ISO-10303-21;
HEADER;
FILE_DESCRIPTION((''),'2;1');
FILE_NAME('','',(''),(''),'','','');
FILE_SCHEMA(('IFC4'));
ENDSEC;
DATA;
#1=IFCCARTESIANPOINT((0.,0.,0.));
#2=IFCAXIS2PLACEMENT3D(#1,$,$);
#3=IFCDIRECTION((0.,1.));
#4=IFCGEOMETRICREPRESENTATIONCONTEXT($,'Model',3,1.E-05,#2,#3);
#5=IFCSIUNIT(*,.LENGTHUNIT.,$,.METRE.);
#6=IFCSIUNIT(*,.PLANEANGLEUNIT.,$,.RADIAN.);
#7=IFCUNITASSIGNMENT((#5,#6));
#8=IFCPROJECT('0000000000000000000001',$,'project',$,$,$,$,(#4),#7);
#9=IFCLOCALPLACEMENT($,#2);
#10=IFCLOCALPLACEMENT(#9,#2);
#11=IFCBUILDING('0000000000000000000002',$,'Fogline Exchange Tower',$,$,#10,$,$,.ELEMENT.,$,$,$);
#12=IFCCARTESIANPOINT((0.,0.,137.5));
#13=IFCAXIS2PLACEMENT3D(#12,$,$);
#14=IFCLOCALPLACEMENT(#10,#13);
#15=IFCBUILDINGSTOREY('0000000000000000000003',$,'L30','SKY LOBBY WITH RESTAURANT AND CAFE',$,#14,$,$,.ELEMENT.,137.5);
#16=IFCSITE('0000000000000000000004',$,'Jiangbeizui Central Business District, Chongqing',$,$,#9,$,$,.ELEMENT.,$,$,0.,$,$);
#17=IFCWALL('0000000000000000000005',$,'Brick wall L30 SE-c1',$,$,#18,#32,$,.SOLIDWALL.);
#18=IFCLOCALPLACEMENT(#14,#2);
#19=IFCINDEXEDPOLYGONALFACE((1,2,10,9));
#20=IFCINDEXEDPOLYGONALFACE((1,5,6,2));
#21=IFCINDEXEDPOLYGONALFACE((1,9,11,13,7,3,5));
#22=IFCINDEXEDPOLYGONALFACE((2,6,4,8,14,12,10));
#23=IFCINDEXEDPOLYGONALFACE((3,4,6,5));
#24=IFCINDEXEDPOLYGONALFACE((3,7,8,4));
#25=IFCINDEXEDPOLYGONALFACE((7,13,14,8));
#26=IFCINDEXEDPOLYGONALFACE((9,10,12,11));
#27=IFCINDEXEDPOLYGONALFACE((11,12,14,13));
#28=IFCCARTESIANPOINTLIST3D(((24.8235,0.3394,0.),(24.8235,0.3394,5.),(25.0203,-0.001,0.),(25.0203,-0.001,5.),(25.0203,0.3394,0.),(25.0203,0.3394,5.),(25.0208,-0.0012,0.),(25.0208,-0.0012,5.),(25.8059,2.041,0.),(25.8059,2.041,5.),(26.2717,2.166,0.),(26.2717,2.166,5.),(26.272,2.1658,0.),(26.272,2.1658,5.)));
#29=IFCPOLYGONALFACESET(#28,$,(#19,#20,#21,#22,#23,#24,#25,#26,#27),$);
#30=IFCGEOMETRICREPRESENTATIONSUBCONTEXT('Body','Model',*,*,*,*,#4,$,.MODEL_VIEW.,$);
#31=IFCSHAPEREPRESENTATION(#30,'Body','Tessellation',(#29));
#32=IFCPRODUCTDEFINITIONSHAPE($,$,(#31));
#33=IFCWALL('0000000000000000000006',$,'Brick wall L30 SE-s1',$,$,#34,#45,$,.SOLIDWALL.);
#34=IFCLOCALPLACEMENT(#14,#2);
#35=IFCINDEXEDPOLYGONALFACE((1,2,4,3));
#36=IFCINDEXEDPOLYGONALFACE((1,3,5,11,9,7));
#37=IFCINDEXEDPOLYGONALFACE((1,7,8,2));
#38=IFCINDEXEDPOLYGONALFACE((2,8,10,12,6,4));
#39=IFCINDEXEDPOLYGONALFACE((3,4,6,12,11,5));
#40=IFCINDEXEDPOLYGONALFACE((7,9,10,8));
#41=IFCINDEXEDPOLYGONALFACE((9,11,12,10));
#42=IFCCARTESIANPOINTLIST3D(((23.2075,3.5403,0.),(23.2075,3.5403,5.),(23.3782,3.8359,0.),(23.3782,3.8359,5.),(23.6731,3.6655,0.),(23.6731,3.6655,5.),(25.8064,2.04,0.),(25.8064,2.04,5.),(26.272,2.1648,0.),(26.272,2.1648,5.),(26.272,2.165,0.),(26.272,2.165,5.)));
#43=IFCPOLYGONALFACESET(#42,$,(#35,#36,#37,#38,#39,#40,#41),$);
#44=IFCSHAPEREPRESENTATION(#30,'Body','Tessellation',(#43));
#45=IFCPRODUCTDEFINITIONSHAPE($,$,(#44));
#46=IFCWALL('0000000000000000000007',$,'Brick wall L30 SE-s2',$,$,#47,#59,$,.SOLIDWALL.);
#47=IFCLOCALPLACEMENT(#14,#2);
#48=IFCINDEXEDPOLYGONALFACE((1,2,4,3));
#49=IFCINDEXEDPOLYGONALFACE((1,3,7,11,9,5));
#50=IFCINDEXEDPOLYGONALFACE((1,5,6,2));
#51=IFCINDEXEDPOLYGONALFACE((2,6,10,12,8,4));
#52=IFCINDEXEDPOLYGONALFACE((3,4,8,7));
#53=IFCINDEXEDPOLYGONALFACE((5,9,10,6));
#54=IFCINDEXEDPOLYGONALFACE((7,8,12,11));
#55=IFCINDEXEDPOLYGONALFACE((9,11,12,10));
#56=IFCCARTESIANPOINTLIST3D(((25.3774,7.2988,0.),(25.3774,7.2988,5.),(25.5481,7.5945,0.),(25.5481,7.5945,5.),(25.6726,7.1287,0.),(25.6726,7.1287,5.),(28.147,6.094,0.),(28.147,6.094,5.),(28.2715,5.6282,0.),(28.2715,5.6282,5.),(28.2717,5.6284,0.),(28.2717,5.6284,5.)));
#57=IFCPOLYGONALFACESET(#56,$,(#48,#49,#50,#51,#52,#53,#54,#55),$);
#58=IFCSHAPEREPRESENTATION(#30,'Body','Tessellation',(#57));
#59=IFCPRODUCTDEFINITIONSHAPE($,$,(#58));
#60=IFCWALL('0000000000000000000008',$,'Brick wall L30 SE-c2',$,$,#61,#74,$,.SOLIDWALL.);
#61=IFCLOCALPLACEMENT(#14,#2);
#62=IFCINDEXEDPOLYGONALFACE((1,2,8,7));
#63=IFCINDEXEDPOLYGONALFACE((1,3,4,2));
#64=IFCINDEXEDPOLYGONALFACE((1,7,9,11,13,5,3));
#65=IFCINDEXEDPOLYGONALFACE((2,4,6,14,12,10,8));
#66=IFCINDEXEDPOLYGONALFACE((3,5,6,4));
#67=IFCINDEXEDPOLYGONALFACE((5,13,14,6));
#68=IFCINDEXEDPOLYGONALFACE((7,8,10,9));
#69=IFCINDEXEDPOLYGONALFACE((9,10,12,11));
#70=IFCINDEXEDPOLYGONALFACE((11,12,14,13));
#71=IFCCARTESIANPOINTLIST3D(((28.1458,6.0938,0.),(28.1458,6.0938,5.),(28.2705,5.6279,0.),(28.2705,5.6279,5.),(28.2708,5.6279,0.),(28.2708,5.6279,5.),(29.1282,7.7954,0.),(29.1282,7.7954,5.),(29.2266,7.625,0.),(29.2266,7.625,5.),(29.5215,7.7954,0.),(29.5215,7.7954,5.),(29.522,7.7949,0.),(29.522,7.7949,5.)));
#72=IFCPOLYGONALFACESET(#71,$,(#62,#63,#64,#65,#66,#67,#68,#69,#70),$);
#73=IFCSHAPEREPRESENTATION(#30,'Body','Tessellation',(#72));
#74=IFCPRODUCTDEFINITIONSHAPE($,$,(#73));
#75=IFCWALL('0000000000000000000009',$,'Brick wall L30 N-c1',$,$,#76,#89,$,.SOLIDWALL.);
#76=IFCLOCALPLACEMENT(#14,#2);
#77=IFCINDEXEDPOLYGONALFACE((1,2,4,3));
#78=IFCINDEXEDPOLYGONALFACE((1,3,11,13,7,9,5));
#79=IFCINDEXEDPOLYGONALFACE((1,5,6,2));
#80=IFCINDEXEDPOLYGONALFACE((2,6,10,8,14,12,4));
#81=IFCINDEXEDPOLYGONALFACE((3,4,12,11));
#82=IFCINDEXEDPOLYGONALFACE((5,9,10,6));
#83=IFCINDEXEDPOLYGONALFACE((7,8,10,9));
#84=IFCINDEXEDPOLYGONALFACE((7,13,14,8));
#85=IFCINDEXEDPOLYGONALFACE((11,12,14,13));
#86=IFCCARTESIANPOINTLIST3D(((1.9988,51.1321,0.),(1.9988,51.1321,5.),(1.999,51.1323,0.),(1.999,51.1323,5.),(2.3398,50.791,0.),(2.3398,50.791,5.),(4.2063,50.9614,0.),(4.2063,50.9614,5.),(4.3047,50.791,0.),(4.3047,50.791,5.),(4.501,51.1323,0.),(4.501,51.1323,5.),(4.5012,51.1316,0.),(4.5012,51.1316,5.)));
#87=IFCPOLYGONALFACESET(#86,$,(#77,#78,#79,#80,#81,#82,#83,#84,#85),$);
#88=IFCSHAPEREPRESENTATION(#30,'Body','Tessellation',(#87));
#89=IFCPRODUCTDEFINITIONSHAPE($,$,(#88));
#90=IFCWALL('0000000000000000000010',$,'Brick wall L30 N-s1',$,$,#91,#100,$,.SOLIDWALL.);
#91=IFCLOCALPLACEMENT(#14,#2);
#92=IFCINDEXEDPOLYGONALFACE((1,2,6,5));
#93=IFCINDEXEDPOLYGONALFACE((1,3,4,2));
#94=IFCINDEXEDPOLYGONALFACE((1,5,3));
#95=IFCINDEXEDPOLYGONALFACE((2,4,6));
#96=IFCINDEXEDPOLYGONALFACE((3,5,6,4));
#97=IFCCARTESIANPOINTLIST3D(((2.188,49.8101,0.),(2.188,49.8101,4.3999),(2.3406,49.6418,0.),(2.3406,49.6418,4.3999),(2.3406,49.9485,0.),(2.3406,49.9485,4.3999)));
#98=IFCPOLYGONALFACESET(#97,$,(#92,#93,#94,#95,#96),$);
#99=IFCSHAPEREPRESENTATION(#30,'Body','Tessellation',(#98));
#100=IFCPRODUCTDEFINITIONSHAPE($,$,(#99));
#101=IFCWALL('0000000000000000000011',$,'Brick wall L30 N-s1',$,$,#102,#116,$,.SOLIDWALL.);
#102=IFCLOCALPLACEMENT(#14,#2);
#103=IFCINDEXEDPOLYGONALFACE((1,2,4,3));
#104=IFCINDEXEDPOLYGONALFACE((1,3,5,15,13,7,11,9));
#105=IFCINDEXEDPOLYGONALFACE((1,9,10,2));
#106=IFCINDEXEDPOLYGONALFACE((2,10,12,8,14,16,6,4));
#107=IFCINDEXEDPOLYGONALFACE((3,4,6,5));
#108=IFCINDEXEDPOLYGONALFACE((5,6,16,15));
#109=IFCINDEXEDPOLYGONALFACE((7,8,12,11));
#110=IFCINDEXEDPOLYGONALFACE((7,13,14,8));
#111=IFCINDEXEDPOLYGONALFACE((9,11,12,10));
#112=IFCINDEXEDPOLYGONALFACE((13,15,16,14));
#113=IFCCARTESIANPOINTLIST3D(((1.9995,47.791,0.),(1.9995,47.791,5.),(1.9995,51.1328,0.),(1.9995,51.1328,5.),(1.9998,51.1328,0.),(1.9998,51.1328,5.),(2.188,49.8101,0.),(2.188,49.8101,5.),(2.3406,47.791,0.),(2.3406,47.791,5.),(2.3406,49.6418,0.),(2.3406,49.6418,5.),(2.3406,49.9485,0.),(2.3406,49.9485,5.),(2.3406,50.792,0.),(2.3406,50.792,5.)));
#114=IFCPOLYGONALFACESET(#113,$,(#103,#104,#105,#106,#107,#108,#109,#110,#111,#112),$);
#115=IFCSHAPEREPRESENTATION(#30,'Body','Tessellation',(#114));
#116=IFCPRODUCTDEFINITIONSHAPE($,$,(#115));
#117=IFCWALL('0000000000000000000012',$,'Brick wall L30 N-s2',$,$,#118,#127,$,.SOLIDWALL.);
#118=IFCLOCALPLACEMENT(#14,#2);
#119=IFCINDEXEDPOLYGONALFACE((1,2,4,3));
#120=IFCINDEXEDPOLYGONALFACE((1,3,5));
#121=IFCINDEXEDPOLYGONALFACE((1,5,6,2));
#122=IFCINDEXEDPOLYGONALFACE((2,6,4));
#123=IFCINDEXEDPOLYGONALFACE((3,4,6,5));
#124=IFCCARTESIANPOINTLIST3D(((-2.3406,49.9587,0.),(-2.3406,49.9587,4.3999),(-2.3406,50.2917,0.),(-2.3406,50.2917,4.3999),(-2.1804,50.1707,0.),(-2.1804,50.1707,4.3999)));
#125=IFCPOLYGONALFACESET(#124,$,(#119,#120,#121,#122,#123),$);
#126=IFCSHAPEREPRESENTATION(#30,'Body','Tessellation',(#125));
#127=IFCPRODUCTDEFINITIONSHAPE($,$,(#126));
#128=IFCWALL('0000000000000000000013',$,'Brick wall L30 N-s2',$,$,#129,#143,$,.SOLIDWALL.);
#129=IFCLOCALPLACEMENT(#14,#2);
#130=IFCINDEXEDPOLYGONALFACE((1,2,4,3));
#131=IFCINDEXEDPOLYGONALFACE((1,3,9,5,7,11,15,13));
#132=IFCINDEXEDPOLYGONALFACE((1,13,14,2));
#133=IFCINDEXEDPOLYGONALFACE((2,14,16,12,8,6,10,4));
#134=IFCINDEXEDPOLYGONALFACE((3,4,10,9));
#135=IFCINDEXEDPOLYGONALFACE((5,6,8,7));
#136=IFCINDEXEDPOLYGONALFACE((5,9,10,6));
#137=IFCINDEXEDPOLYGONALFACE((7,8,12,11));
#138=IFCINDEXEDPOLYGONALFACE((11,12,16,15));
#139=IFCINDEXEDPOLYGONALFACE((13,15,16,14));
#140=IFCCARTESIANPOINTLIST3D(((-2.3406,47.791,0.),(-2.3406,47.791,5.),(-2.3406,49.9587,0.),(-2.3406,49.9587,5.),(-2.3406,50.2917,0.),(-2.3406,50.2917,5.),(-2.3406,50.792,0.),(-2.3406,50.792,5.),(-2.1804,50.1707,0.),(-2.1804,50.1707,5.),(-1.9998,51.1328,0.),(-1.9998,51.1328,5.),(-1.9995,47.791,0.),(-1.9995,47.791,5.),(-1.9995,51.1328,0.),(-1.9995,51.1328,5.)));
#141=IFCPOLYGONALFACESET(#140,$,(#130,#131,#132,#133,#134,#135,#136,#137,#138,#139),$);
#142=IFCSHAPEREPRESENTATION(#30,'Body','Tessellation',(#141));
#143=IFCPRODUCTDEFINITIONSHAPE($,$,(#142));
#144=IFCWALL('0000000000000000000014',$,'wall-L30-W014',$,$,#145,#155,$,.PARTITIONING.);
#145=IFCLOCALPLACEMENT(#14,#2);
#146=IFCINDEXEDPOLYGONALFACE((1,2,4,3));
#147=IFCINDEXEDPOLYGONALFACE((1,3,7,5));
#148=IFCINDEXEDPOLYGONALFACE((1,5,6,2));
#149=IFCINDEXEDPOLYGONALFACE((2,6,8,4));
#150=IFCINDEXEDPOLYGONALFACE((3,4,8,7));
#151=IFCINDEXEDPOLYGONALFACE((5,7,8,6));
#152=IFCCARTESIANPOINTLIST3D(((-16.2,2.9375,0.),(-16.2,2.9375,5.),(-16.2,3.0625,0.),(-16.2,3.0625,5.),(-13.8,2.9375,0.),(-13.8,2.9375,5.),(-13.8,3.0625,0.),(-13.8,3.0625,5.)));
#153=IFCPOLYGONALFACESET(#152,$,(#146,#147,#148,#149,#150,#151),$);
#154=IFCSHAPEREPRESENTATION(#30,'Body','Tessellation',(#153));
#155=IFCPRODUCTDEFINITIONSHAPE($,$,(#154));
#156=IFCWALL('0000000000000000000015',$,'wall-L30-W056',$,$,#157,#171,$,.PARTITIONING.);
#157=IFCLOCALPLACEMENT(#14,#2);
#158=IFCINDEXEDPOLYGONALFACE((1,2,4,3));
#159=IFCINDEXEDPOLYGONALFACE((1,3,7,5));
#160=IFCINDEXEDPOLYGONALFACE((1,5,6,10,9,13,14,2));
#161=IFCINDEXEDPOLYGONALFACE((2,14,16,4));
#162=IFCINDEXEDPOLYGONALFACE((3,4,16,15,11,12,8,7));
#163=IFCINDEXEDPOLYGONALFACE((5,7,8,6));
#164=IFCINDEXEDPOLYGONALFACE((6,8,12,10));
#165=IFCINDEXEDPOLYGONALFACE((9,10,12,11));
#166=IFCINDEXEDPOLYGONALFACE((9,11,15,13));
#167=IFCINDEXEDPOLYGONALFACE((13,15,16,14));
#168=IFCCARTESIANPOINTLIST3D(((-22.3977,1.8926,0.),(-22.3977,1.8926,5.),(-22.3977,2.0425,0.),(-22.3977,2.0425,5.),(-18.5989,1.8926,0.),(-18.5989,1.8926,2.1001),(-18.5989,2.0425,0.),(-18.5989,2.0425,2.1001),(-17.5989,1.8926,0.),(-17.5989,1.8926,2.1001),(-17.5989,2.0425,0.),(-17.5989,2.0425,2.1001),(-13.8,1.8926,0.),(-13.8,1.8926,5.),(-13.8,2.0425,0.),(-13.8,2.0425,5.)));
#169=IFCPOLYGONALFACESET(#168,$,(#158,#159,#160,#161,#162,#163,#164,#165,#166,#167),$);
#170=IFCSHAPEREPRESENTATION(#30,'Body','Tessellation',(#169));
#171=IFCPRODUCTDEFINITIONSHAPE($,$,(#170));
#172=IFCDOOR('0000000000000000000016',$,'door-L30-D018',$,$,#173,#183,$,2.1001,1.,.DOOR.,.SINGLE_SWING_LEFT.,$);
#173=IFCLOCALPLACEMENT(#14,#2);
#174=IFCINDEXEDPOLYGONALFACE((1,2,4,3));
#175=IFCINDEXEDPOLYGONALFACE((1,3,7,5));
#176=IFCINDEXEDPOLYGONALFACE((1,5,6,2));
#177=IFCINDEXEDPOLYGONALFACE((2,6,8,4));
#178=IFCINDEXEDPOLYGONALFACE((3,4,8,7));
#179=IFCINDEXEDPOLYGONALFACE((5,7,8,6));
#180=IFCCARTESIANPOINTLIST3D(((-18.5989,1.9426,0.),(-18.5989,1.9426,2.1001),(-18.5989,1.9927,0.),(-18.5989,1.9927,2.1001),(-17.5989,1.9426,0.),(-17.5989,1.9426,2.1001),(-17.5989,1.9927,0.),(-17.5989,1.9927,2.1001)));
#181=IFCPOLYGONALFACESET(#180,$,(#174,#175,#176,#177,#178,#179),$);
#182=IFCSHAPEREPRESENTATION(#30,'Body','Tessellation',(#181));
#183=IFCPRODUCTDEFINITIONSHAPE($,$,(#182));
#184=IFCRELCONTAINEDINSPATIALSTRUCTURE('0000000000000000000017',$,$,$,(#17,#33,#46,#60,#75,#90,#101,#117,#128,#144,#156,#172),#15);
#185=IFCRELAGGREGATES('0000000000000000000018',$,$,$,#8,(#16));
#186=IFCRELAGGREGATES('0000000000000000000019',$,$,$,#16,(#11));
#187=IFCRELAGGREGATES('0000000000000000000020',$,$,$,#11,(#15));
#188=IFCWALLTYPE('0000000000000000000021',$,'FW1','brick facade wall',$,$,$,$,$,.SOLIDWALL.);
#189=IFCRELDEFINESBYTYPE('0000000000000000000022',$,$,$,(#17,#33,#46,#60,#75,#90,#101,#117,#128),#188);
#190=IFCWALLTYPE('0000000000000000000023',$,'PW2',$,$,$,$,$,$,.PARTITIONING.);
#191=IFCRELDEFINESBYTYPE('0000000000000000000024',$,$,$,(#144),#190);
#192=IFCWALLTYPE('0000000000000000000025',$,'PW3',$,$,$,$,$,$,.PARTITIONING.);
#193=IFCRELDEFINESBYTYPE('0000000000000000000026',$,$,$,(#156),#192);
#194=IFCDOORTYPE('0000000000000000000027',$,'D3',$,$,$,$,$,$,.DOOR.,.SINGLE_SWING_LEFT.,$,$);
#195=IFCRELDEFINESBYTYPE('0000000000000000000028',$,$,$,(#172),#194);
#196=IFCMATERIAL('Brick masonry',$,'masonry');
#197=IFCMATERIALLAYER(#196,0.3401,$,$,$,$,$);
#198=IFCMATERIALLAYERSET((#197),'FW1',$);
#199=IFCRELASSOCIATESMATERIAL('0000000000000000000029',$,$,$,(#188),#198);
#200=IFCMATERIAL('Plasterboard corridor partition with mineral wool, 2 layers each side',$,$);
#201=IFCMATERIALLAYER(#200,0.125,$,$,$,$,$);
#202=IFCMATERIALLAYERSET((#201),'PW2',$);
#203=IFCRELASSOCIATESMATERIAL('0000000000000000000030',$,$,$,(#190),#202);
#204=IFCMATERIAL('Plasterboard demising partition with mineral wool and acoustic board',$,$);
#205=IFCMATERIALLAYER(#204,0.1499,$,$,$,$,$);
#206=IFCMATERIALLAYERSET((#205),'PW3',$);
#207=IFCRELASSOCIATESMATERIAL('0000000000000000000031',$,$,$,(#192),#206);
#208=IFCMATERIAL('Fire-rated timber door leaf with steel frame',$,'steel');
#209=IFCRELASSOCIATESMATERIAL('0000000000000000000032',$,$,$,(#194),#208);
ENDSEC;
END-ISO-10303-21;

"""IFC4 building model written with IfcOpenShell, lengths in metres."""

from ifc_helpers import new_model, si_unit, direction, frame, frame_2d, origin, place, context, subcontext, project, spatial, polyline, rectangle, outline, extrude, material, layer, layer_set, type_object, element, fill, save


model = new_model("IFC4")

# Units and contexts
model_context = context("Model", 3, precision=1e-05, world=origin(), true_north=direction((0.0, 1.0)))
body_context = subcontext(model_context, "Body", "Model", "MODEL_VIEW")
ifc_project = project(units=[si_unit("LENGTHUNIT", "METRE"), si_unit("PLANEANGLEUNIT", "RADIAN")], contexts=[model_context])

# Site, building, storey
site_placement = place(None, origin())
site = spatial("IfcSite", under=ifc_project, at=site_placement, Name="Jiangbeizui Central Business District, Chongqing", CompositionType="ELEMENT", RefElevation=0.0)
building_placement = place(site_placement, origin())
building = spatial("IfcBuilding", under=site, at=building_placement, Name="Fogline Exchange Tower", CompositionType="ELEMENT")
storey_placement = place(building_placement, frame((0.0, 0.0, 137.5)))
storey = spatial("IfcBuildingStorey", under=building, at=storey_placement, Name="L30", Description="SKY LOBBY WITH RESTAURANT AND CAFE", CompositionType="ELEMENT", Elevation=137.5)

# Walls
ifc_material_1 = material(Name="Brick masonry", Category="masonry")
ifc_layer_1 = layer(ifc_material_1, 0.3401)
ifc_layer_set_1 = layer_set([ifc_layer_1], Name="FW1")
wall_type_1 = type_object("IfcWallType", Name="FW1", Description="brick facade wall", PredefinedType="SOLIDWALL", material=ifc_layer_set_1)
wall_1_placement = place(storey_placement, origin())
element("IfcWall", 1, at=wall_1_placement, inside=storey, type_object=wall_type_1, Name="Brick wall L30 SE-c1", PredefinedType="SOLIDWALL", context=body_context, shape_type="SweptSolid", body=[
    extrude(outline(polyline([(26.272, 2.1658), (25.0208, -0.0012), (25.0203, -0.001), (25.0203, 0.3394), (24.8235, 0.3394), (25.8059, 2.041), (26.2717, 2.166), (26.272, 2.1658)])), origin(), (0.0, 0.0, 1.0), 5.0),
])
wall_2_placement = place(storey_placement, origin())
element("IfcWall", 2, at=wall_2_placement, inside=storey, type_object=wall_type_1, Name="Brick wall L30 SE-s1", PredefinedType="SOLIDWALL", context=body_context, shape_type="SweptSolid", body=[
    extrude(outline(polyline([(23.2075, 3.5403), (23.3782, 3.8359), (23.6731, 3.6655), (26.272, 2.165), (26.272, 2.1648), (25.8064, 2.04), (23.2075, 3.5403)])), origin(), (0.0, 0.0, 1.0), 5.0),
])
wall_3_placement = place(storey_placement, origin())
element("IfcWall", 3, at=wall_3_placement, inside=storey, type_object=wall_type_1, Name="Brick wall L30 SE-s2", PredefinedType="SOLIDWALL", context=body_context, shape_type="SweptSolid", body=[
    extrude(outline(polyline([(28.2715, 5.6282), (25.6726, 7.1287), (25.3774, 7.2988), (25.5481, 7.5945), (28.147, 6.094), (28.2717, 5.6284), (28.2715, 5.6282)])), origin(), (0.0, 0.0, 1.0), 5.0),
])
wall_4_placement = place(storey_placement, origin())
element("IfcWall", 4, at=wall_4_placement, inside=storey, type_object=wall_type_1, Name="Brick wall L30 SE-c2", PredefinedType="SOLIDWALL", context=body_context, shape_type="SweptSolid", body=[
    extrude(outline(polyline([(29.1282, 7.7954), (29.2266, 7.625), (29.5215, 7.7954), (29.522, 7.7949), (28.2708, 5.6279), (28.2705, 5.6279), (28.1458, 6.0938), (29.1282, 7.7954)])), origin(), (0.0, 0.0, 1.0), 5.0),
])
wall_5_placement = place(storey_placement, origin())
element("IfcWall", 5, at=wall_5_placement, inside=storey, type_object=wall_type_1, Name="Brick wall L30 N-c1", PredefinedType="SOLIDWALL", context=body_context, shape_type="SweptSolid", body=[
    extrude(outline(polyline([(1.999, 51.1323), (4.501, 51.1323), (4.5012, 51.1316), (4.2063, 50.9614), (4.3047, 50.791), (2.3398, 50.791), (1.9988, 51.1321), (1.999, 51.1323)])), origin(), (0.0, 0.0, 1.0), 5.0),
])
wall_6_placement = place(storey_placement, origin())
element("IfcWall", 6, at=wall_6_placement, inside=storey, type_object=wall_type_1, Name="Brick wall L30 N-s1", PredefinedType="SOLIDWALL", context=body_context, shape_type="SweptSolid", body=[
    extrude(outline(polyline([(2.3406, 49.6418), (2.188, 49.8101), (2.3406, 49.9485), (2.3406, 49.6418)])), origin(), (0.0, 0.0, 1.0), 4.3999),
])
wall_7_placement = place(storey_placement, origin())
element("IfcWall", 7, at=wall_7_placement, inside=storey, type_object=wall_type_1, Name="Brick wall L30 N-s1", PredefinedType="SOLIDWALL", context=body_context, shape_type="SweptSolid", body=[
    extrude(outline(polyline([(1.9995, 47.791), (1.9995, 51.1328), (1.9998, 51.1328), (2.3406, 50.792), (2.3406, 49.9485), (2.188, 49.8101), (2.3406, 49.6418), (2.3406, 47.791), (1.9995, 47.791)])), origin(), (0.0, 0.0, 1.0), 5.0),
])
wall_8_placement = place(storey_placement, origin())
element("IfcWall", 8, at=wall_8_placement, inside=storey, type_object=wall_type_1, Name="Brick wall L30 N-s2", PredefinedType="SOLIDWALL", context=body_context, shape_type="SweptSolid", body=[
    extrude(outline(polyline([(-2.3406, 50.2917), (-2.1804, 50.1707), (-2.3406, 49.9587), (-2.3406, 50.2917)])), origin(), (0.0, 0.0, 1.0), 4.3999),
])
wall_9_placement = place(storey_placement, origin())
element("IfcWall", 9, at=wall_9_placement, inside=storey, type_object=wall_type_1, Name="Brick wall L30 N-s2", PredefinedType="SOLIDWALL", context=body_context, shape_type="SweptSolid", body=[
    extrude(outline(polyline([(-1.9995, 47.791), (-2.3406, 47.791), (-2.3406, 49.9587), (-2.1804, 50.1707), (-2.3406, 50.2917), (-2.3406, 50.792), (-1.9998, 51.1328), (-1.9995, 51.1328), (-1.9995, 47.791)])), origin(), (0.0, 0.0, 1.0), 5.0),
])
ifc_material_2 = material(Name="Plasterboard corridor partition with mineral wool, 2 layers each side")
ifc_layer_2 = layer(ifc_material_2, 0.125)
ifc_layer_set_2 = layer_set([ifc_layer_2], Name="PW2")
wall_type_2 = type_object("IfcWallType", Name="PW2", PredefinedType="PARTITIONING", material=ifc_layer_set_2)
wall_10_placement = place(storey_placement, frame((-13.8, 3.0, 0.0), z_axis=(0.0, 0.0, 1.0), x_axis=(-1.0, 0.0, 0.0)))
element("IfcWall", 10, at=wall_10_placement, inside=storey, type_object=wall_type_2, Name="wall-L30-W014", PredefinedType="PARTITIONING", context=body_context, shape_type="SweptSolid", body=[
    extrude(rectangle(XDim=2.3999, YDim=0.125, at=frame_2d((1.2, 0.0))), origin(), (0.0, 0.0, 1.0), 5.0),
])

# Wall, opening, door
ifc_material_3 = material(Name="Plasterboard demising partition with mineral wool and acoustic board")
ifc_layer_3 = layer(ifc_material_3, 0.1499)
ifc_layer_set_3 = layer_set([ifc_layer_3], Name="PW3")
wall_type_3 = type_object("IfcWallType", Name="PW3", PredefinedType="PARTITIONING", material=ifc_layer_set_3)
wall_11_placement = place(storey_placement, frame((-13.8, 1.9675, 0.0), z_axis=(0.0, 0.0, 1.0), x_axis=(-1.0, 0.0, 0.0)))
wall_11 = element("IfcWall", 11, at=wall_11_placement, inside=storey, type_object=wall_type_3, Name="wall-L30-W056", PredefinedType="PARTITIONING", context=body_context, shape_type="SweptSolid", body=[
    extrude(rectangle(XDim=8.5977, YDim=0.1499, at=frame_2d((4.2988, 0.0))), origin(), (0.0, 0.0, 1.0), 5.0),
])
opening_1_placement = place(wall_11_placement, frame((3.7988, 0.0, 0.0)))
opening_1 = element("IfcOpeningElement", 12, at=opening_1_placement, cuts=wall_11, PredefinedType="OPENING", context=body_context, shape_type="SweptSolid", body=[
    extrude(rectangle(XDim=1.0, YDim=2.1001, at=frame_2d((0.5, 1.05))), frame((0.0, 0.085, 0.0), z_axis=(0.0, -1.0, 0.0), x_axis=(1.0, 0.0, 0.0)), (0.0, 0.0, 1.0), 0.1699),
])
ifc_material_4 = material(Name="Fire-rated timber door leaf with steel frame", Category="steel")
door_type_1 = type_object("IfcDoorType", Name="D3", OperationType="SINGLE_SWING_LEFT", PredefinedType="DOOR", material=ifc_material_4)
door_1_placement = place(opening_1_placement, origin())
door_1 = element("IfcDoor", 13, at=door_1_placement, inside=storey, type_object=door_type_1, Name="door-L30-D018", OperationType="SINGLE_SWING_LEFT", OverallHeight=2.1001, OverallWidth=1.0, PredefinedType="DOOR", context=body_context, shape_type="SweptSolid", body=[
    extrude(rectangle(XDim=1.0, YDim=2.1001, at=frame_2d((0.5, 1.05))), frame((0.0, 0.0249, 0.0), z_axis=(0.0, -1.0, 0.0), x_axis=(1.0, 0.0, 0.0)), (0.0, 0.0, 1.0), 0.05),
])
fill(opening_1, door_1)

save(model, "model.ifc")
